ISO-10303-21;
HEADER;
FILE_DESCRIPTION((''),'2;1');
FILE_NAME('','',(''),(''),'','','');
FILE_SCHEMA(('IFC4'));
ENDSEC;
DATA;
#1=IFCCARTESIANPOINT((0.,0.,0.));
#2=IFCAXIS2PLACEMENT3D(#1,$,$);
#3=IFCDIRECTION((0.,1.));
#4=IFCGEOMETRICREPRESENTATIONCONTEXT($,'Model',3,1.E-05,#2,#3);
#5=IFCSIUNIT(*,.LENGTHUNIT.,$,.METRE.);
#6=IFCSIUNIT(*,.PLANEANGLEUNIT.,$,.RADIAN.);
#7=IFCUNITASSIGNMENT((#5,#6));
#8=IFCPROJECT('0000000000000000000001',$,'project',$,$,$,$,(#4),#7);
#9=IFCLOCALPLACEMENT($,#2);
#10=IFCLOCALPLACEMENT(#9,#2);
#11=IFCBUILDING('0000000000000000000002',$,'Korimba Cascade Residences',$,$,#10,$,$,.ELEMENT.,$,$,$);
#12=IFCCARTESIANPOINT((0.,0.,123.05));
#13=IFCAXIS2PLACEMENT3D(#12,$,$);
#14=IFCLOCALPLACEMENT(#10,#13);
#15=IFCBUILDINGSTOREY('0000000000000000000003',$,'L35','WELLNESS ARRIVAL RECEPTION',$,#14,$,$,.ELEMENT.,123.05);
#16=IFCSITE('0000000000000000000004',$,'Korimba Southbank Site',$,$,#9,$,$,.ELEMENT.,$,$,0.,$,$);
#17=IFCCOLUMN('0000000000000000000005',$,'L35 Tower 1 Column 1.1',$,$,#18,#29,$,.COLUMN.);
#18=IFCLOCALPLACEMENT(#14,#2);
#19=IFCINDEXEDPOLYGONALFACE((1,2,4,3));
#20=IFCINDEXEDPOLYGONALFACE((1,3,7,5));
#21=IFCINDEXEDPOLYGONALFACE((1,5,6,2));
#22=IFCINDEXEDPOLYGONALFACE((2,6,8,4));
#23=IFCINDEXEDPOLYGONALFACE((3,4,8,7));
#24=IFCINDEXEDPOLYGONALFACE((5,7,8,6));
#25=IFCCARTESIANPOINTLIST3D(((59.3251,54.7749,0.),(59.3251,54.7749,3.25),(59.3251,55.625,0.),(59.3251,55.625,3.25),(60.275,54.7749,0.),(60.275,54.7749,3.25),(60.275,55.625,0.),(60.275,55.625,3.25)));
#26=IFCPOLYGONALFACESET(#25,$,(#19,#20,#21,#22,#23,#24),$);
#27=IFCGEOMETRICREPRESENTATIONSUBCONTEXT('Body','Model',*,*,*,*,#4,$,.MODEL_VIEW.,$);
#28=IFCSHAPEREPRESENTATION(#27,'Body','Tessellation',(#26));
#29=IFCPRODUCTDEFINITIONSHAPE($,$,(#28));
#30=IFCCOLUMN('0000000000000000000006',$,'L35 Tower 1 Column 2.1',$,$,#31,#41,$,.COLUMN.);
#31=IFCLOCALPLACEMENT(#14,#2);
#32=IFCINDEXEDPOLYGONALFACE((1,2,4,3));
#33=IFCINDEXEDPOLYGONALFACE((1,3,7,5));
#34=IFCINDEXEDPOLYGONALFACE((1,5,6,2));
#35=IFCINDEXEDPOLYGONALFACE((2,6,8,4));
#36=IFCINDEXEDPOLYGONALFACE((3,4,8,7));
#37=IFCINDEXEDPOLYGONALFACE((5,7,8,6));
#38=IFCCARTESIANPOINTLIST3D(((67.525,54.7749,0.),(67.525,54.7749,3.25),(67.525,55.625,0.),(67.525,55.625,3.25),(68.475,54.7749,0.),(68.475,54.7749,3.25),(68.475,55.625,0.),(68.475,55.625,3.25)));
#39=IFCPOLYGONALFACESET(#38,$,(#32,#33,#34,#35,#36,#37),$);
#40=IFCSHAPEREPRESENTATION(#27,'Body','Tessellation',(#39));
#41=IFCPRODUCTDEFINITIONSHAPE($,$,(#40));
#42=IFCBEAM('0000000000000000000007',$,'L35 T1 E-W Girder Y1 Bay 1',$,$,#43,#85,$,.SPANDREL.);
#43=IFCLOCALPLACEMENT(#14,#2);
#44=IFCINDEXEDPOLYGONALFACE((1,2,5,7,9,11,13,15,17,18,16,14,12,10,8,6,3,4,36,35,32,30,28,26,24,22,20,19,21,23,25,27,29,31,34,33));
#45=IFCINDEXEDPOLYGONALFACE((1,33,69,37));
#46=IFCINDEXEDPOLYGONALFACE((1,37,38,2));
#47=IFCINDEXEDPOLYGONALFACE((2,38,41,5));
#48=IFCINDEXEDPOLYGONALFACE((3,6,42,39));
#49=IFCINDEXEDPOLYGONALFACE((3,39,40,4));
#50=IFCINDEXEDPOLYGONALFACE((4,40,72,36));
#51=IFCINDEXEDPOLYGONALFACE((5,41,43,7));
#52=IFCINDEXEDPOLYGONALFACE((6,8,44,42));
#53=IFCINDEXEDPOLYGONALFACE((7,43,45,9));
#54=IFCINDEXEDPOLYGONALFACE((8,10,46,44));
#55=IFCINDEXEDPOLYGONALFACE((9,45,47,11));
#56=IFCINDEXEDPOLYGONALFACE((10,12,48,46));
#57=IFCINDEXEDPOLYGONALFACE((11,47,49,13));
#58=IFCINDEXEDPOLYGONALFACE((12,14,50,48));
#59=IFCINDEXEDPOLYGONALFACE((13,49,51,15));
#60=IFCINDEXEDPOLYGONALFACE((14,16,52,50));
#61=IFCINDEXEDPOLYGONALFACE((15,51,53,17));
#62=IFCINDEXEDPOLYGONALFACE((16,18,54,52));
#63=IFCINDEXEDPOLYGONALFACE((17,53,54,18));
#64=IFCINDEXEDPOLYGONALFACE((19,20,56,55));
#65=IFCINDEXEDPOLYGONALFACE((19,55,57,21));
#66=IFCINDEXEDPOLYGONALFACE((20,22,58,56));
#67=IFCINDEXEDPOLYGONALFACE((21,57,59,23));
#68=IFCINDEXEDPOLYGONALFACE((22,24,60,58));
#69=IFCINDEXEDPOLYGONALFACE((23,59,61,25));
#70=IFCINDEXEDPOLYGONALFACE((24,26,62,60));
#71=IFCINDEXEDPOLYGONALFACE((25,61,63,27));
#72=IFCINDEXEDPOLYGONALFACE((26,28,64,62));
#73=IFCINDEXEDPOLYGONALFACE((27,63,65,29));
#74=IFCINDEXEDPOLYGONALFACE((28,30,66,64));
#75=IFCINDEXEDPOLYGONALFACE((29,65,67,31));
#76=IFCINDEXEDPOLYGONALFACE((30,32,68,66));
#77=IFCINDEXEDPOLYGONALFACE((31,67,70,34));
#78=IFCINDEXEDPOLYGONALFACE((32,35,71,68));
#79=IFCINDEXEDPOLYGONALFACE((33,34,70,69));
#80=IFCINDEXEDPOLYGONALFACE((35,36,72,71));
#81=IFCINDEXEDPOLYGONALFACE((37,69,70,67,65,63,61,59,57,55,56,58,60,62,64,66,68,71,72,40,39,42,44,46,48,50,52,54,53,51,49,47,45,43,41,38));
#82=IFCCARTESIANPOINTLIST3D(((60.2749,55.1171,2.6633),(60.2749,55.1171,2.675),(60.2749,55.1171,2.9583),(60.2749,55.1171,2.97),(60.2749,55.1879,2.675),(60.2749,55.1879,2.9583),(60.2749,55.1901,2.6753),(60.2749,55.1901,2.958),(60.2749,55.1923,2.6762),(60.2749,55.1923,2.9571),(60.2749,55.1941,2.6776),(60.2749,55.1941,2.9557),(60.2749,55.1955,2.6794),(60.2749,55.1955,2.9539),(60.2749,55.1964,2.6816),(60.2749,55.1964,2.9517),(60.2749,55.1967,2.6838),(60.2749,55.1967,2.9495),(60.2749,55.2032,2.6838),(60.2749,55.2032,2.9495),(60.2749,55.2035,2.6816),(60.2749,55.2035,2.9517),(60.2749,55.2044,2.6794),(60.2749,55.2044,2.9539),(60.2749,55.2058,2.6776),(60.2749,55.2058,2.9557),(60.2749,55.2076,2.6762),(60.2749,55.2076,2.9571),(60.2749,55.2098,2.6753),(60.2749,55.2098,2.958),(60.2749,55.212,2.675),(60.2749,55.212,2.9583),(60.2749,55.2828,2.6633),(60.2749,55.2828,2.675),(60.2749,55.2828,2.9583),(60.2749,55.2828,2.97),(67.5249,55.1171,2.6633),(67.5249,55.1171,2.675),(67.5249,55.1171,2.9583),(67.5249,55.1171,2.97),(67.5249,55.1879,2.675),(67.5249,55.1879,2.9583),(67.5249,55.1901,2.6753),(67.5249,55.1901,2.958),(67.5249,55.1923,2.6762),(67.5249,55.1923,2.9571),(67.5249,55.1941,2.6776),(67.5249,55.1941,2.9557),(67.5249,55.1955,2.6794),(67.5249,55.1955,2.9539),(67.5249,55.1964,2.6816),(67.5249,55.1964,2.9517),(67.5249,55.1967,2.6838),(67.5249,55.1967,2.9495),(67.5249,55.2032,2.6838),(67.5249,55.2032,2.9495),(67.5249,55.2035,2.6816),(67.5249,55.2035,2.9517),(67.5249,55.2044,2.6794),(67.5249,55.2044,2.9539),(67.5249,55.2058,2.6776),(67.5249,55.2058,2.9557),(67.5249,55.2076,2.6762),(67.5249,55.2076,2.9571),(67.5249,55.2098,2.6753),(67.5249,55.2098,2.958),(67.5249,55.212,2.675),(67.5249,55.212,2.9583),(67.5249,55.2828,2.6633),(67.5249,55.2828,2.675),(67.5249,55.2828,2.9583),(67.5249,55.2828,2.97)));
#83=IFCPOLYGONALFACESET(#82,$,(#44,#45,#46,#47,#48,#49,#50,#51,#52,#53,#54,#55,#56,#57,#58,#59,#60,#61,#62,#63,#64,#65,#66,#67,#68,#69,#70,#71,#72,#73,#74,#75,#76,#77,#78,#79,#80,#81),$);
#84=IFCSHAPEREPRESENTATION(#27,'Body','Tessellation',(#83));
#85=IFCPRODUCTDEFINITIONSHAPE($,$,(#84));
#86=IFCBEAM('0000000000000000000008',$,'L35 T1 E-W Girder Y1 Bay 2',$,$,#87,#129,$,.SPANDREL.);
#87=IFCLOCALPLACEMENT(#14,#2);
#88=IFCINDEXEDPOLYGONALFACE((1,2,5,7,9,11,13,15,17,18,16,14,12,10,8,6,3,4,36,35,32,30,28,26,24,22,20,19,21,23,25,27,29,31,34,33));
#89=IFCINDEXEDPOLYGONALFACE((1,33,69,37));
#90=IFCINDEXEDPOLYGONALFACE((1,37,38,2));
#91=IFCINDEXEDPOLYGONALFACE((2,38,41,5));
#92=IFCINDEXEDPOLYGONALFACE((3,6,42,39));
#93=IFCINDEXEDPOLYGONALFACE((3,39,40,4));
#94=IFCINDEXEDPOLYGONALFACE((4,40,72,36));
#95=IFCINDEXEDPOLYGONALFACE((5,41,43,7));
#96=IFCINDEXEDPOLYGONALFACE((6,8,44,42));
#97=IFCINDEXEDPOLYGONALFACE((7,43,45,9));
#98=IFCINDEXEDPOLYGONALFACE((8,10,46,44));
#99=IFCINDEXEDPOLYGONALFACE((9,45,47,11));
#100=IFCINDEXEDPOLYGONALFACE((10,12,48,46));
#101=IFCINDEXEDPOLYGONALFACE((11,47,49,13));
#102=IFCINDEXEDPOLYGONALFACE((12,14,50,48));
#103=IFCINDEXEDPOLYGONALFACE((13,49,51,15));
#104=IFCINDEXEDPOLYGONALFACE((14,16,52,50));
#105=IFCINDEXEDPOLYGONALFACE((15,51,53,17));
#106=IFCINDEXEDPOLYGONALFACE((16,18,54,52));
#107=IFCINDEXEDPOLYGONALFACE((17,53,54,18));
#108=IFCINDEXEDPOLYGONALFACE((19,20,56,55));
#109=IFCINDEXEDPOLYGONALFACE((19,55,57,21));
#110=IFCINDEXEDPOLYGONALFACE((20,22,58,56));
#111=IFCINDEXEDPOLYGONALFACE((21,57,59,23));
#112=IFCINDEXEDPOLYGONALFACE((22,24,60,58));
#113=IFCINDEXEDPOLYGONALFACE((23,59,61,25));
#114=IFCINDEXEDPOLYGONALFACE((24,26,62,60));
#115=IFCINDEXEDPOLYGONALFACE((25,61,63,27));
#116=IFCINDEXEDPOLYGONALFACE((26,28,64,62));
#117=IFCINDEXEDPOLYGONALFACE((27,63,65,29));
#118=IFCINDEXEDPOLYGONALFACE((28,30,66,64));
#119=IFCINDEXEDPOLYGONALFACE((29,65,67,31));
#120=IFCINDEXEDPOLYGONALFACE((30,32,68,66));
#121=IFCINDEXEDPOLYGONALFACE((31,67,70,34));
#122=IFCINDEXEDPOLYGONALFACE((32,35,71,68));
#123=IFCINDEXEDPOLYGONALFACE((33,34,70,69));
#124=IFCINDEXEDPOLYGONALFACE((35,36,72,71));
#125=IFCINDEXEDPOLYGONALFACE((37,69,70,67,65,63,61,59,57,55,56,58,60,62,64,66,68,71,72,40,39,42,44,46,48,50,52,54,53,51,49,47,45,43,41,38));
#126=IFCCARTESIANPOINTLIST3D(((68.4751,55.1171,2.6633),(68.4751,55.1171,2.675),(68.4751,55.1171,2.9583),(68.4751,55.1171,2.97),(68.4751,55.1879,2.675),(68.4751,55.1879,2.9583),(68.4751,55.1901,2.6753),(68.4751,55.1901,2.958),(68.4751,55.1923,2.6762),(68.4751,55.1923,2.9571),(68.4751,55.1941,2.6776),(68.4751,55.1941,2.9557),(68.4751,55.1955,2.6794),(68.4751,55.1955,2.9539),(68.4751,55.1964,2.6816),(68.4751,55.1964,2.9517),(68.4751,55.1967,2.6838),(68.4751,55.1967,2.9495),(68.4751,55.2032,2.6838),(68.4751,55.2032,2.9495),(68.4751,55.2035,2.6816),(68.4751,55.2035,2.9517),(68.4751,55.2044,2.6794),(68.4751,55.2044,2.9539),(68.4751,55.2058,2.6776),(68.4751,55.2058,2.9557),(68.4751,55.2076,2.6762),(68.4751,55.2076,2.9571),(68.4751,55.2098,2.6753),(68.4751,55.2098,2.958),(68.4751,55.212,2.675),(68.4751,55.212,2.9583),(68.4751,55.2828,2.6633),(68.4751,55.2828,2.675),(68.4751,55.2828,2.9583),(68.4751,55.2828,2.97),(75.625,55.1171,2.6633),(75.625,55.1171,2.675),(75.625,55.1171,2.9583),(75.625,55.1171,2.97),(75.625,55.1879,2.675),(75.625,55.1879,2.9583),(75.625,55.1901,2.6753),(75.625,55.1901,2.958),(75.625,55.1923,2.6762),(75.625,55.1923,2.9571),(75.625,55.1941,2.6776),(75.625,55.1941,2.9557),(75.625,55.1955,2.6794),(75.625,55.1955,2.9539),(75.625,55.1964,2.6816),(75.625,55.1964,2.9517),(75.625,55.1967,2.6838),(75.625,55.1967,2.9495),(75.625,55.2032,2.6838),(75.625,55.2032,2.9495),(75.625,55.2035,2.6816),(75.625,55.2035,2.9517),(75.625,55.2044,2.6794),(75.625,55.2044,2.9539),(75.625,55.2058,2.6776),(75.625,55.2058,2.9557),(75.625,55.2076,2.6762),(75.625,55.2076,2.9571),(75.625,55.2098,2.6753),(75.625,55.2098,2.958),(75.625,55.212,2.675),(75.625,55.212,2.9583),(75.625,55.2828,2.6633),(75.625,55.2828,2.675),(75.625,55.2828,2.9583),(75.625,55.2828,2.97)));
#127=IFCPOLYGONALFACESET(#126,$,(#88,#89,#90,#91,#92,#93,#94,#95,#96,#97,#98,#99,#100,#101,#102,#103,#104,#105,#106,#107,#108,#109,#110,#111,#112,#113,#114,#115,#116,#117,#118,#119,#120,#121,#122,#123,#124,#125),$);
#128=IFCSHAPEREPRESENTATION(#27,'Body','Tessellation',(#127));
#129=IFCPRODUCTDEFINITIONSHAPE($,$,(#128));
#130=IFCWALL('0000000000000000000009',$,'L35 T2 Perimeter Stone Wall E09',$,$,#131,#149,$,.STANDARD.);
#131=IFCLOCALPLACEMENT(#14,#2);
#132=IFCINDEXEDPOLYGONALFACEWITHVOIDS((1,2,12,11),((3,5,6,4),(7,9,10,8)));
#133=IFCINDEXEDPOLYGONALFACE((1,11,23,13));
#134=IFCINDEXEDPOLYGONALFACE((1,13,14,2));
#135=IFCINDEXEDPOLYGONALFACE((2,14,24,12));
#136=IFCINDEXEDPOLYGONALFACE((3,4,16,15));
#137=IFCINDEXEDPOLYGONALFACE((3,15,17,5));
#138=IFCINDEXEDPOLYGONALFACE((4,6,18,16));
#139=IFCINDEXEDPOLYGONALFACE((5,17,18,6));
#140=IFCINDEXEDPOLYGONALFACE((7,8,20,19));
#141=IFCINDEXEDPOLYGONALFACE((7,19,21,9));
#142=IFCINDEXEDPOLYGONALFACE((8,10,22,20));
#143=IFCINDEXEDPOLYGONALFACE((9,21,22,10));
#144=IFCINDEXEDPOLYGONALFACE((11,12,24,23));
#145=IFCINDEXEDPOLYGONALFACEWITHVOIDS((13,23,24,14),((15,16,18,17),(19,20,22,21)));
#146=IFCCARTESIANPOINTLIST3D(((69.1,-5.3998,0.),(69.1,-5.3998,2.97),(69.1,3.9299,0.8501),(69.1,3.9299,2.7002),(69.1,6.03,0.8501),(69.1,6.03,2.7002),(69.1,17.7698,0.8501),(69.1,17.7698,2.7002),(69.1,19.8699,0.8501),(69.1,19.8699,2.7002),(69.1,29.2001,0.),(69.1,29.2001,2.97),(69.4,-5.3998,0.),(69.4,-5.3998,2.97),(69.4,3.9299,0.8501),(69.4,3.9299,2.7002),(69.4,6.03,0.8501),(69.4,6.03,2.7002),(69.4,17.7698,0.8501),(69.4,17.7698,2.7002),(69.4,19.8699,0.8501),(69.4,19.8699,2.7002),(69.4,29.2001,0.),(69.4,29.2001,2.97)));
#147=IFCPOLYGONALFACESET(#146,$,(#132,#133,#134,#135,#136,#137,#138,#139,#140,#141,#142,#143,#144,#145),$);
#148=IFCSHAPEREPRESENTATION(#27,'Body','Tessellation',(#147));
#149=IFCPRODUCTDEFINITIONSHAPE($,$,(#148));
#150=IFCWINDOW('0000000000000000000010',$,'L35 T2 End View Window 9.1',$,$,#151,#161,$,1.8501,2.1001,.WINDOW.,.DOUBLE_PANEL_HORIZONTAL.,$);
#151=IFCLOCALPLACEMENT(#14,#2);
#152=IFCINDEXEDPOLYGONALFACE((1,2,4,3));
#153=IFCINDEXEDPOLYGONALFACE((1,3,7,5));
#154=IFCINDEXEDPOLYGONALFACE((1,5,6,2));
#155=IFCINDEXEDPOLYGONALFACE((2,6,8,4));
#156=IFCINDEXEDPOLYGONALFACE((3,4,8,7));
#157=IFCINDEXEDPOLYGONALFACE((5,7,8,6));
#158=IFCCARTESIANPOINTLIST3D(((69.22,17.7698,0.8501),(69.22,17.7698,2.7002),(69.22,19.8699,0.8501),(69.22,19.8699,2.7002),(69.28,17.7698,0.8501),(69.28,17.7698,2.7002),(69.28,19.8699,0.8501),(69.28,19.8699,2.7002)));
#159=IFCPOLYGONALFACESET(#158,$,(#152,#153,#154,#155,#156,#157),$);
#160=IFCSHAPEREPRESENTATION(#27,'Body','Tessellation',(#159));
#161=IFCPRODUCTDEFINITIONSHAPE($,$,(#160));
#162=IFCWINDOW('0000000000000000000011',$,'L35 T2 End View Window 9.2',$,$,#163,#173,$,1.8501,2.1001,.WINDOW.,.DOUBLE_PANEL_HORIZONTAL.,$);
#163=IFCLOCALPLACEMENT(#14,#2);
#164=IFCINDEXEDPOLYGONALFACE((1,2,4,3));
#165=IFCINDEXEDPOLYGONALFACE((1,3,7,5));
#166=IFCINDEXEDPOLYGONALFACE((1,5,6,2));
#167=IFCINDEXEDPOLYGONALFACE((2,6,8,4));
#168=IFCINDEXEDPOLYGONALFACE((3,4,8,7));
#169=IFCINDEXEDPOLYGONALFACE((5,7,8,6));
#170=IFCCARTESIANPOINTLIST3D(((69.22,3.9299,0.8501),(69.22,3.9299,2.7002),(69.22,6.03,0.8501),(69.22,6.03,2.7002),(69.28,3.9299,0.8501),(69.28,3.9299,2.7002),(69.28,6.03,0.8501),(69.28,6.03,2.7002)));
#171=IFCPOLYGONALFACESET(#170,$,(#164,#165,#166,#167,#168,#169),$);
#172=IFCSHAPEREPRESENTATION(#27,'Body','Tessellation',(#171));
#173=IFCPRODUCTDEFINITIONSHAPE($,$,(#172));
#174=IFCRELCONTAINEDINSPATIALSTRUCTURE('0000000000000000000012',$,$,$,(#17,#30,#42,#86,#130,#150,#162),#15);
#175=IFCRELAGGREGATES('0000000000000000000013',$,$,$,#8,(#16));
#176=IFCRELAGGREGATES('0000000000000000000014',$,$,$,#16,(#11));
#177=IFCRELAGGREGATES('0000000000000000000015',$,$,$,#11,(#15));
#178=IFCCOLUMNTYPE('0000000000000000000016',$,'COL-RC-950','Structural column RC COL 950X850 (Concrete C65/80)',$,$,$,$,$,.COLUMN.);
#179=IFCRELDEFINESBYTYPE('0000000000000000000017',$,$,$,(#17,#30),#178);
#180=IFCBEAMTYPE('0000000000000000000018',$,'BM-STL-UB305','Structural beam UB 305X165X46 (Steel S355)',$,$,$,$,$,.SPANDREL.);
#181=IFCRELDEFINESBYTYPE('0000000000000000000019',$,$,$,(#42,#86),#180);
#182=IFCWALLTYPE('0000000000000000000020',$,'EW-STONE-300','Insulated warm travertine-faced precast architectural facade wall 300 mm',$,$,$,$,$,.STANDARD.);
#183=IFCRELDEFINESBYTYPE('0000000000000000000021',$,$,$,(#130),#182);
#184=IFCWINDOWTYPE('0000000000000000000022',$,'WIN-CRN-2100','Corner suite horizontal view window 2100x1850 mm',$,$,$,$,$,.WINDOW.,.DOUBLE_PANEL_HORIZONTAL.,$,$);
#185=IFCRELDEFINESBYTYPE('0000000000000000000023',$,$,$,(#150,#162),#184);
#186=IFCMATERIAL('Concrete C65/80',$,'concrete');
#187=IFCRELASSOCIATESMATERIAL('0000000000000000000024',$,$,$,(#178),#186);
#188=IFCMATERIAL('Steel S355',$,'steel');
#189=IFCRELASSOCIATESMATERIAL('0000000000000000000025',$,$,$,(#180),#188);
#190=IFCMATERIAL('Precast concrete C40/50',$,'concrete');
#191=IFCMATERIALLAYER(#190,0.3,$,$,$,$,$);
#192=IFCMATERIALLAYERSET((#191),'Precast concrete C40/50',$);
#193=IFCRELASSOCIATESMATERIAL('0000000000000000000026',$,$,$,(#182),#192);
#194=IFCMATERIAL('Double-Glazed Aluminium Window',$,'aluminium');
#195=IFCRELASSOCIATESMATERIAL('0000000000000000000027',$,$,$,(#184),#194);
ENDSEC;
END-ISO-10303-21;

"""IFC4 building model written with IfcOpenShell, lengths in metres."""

from ifc_helpers import new_model, si_unit, direction, frame, frame_2d, origin, origin_2d, place, context, subcontext, project, spatial, rectangle, i_section, extrude, material, layer, layer_set, material_profile, profile_set, type_object, element, fill, save


model = new_model("IFC4")

# Units and contexts
model_context = context("Model", 3, precision=1e-05, world=origin(), true_north=direction((0.0, 1.0)))
body_context = subcontext(model_context, "Body", "Model", "MODEL_VIEW")
ifc_project = project(units=[si_unit("LENGTHUNIT", "METRE"), si_unit("PLANEANGLEUNIT", "RADIAN")], contexts=[model_context])

# Site, building, storey
site_placement = place(None, origin())
site = spatial("IfcSite", under=ifc_project, at=site_placement, Name="Korimba Southbank Site", CompositionType="ELEMENT", RefElevation=0.0)
building_placement = place(site_placement, origin())
building = spatial("IfcBuilding", under=site, at=building_placement, Name="Korimba Cascade Residences", CompositionType="ELEMENT")
storey_placement = place(building_placement, frame((0.0, 0.0, 123.05)))
storey = spatial("IfcBuildingStorey", under=building, at=storey_placement, Name="L35", Description="WELLNESS ARRIVAL RECEPTION", CompositionType="ELEMENT", Elevation=123.05)

# Columns
ifc_material_1 = material(Name="Concrete C65/80", Category="concrete")
ifc_material_profile_1 = material_profile(ifc_material_1, rectangle(XDim=0.95, YDim=0.8501, at=origin_2d()), Name="Concrete C65/80")
ifc_profile_set_1 = profile_set([ifc_material_profile_1], Name="Concrete C65/80")
column_type = type_object("IfcColumnType", Name="COL-RC-950", Description="Structural column RC COL 950X850 (Concrete C65/80)", PredefinedType="COLUMN", material=ifc_profile_set_1)
for number, where, z_axis, x_axis, name in (
    (1, (59.8, 55.2, 0.0), (0.0, 0.0, 1.0), (1.0, 0.0, 0.0), "L35 Tower 1 Column 1.1"),
    (2, (68.0, 55.2, 0.0), (0.0, 0.0, 1.0), (1.0, 0.0, 0.0), "L35 Tower 1 Column 2.1"),
):
    element("IfcColumn", number, at=place(storey_placement, frame(where, z_axis=z_axis, x_axis=x_axis)), inside=storey, type_object=column_type, Name=name, PredefinedType="COLUMN", context=body_context, shape_type="SweptSolid", body=[
        extrude(rectangle(XDim=0.95, YDim=0.8501, at=origin_2d()), origin(), (0.0, 0.0, 1.0), 3.25),
    ])

# Beams
ifc_material_2 = material(Name="Steel S355", Category="steel")
ifc_material_profile_2 = material_profile(ifc_material_2, i_section(OverallWidth=0.1658, OverallDepth=0.3066, WebThickness=0.0066, FlangeThickness=0.0117, FilletRadius=0.0088, at=origin_2d()), Name="Steel S355")
ifc_profile_set_2 = profile_set([ifc_material_profile_2], Name="Steel S355")
beam_type = type_object("IfcBeamType", Name="BM-STL-UB305", Description="Structural beam UB 305X165X46 (Steel S355)", PredefinedType="SPANDREL", material=ifc_profile_set_2)
beam_1_placement = place(storey_placement, frame((60.2749, 55.2, 2.8167), z_axis=(1.0, 0.0, 0.0), x_axis=(0.0, 1.0, 0.0)))
element("IfcBeam", 3, at=beam_1_placement, inside=storey, type_object=beam_type, Name="L35 T1 E-W Girder Y1 Bay 1", PredefinedType="SPANDREL", context=body_context, shape_type="SweptSolid", body=[
    extrude(i_section(OverallWidth=0.1658, OverallDepth=0.3066, WebThickness=0.0066, FlangeThickness=0.0117, FilletRadius=0.0088, at=origin_2d()), origin(), (0.0, 0.0, 1.0), 7.25),
])
beam_2_placement = place(storey_placement, frame((68.4751, 55.2, 2.8167), z_axis=(1.0, 0.0, 0.0), x_axis=(0.0, 1.0, 0.0)))
element("IfcBeam", 4, at=beam_2_placement, inside=storey, type_object=beam_type, Name="L35 T1 E-W Girder Y1 Bay 2", PredefinedType="SPANDREL", context=body_context, shape_type="SweptSolid", body=[
    extrude(i_section(OverallWidth=0.1658, OverallDepth=0.3066, WebThickness=0.0066, FlangeThickness=0.0117, FilletRadius=0.0088, at=origin_2d()), origin(), (0.0, 0.0, 1.0), 7.1499),
])

# Wall, openings, windows
ifc_material_3 = material(Name="Precast concrete C40/50", Category="concrete")
ifc_layer_1 = layer(ifc_material_3, 0.3)
ifc_layer_set_1 = layer_set([ifc_layer_1], Name="Precast concrete C40/50")
wall_type_1 = type_object("IfcWallType", Name="EW-STONE-300", Description="Insulated warm travertine-faced precast architectural facade wall 300 mm", PredefinedType="STANDARD", material=ifc_layer_set_1)
wall_1_placement = place(storey_placement, frame((69.25, 29.2, 0.0), z_axis=(0.0, 0.0, 1.0), x_axis=(0.0, -1.0, 0.0)))
wall_1 = element("IfcWall", 5, at=wall_1_placement, inside=storey, type_object=wall_type_1, Name="L35 T2 Perimeter Stone Wall E09", PredefinedType="STANDARD", context=body_context, shape_type="SweptSolid", body=[
    extrude(rectangle(XDim=34.5999, YDim=0.3, at=frame_2d((17.2998, 0.0))), origin(), (0.0, 0.0, 1.0), 2.97),
])
opening_1_placement = place(wall_1_placement, frame((9.3301, 0.0, 0.8501)))
opening_1 = element("IfcOpeningElement", 6, at=opening_1_placement, cuts=wall_1, PredefinedType="OPENING", context=body_context, shape_type="SweptSolid", body=[
    extrude(rectangle(XDim=2.1001, YDim=1.8501, at=frame_2d((1.05, 0.925))), frame((0.0, 0.1602, 0.0), z_axis=(0.0, -1.0, 0.0), x_axis=(1.0, 0.0, 0.0)), (0.0, 0.0, 1.0), 0.3201),
])
opening_2_placement = place(wall_1_placement, frame((23.1699, 0.0, 0.8501)))
opening_2 = element("IfcOpeningElement", 7, at=opening_2_placement, cuts=wall_1, PredefinedType="OPENING", context=body_context, shape_type="SweptSolid", body=[
    extrude(rectangle(XDim=2.1001, YDim=1.8501, at=frame_2d((1.05, 0.925))), frame((0.0, 0.1602, 0.0), z_axis=(0.0, -1.0, 0.0), x_axis=(1.0, 0.0, 0.0)), (0.0, 0.0, 1.0), 0.3201),
])
ifc_material_4 = material(Name="Double-Glazed Aluminium Window", Category="aluminium")
window_type = type_object("IfcWindowType", Name="WIN-CRN-2100", Description="Corner suite horizontal view window 2100x1850 mm", PartitioningType="DOUBLE_PANEL_HORIZONTAL", PredefinedType="WINDOW", material=ifc_material_4)
window_1_placement = place(opening_1_placement, origin())
window_1 = element("IfcWindow", 8, at=window_1_placement, inside=storey, type_object=window_type, Name="L35 T2 End View Window 9.1", OverallHeight=1.8501, OverallWidth=2.1001, PartitioningType="DOUBLE_PANEL_HORIZONTAL", PredefinedType="WINDOW", context=body_context, shape_type="SweptSolid", body=[
    extrude(rectangle(XDim=2.1001, YDim=1.8501, at=frame_2d((1.05, 0.925))), frame((0.0, 0.03, 0.0), z_axis=(0.0, -1.0, 0.0), x_axis=(1.0, 0.0, 0.0)), (0.0, 0.0, 1.0), 0.0601),
])
fill(opening_1, window_1)
window_2_placement = place(opening_2_placement, origin())
window_2 = element("IfcWindow", 9, at=window_2_placement, inside=storey, type_object=window_type, Name="L35 T2 End View Window 9.2", OverallHeight=1.8501, OverallWidth=2.1001, PartitioningType="DOUBLE_PANEL_HORIZONTAL", PredefinedType="WINDOW", context=body_context, shape_type="SweptSolid", body=[
    extrude(rectangle(XDim=2.1001, YDim=1.8501, at=frame_2d((1.05, 0.925))), frame((0.0, 0.03, 0.0), z_axis=(0.0, -1.0, 0.0), x_axis=(1.0, 0.0, 0.0)), (0.0, 0.0, 1.0), 0.0601),
])
fill(opening_2, window_2)

save(model, "model.ifc")
